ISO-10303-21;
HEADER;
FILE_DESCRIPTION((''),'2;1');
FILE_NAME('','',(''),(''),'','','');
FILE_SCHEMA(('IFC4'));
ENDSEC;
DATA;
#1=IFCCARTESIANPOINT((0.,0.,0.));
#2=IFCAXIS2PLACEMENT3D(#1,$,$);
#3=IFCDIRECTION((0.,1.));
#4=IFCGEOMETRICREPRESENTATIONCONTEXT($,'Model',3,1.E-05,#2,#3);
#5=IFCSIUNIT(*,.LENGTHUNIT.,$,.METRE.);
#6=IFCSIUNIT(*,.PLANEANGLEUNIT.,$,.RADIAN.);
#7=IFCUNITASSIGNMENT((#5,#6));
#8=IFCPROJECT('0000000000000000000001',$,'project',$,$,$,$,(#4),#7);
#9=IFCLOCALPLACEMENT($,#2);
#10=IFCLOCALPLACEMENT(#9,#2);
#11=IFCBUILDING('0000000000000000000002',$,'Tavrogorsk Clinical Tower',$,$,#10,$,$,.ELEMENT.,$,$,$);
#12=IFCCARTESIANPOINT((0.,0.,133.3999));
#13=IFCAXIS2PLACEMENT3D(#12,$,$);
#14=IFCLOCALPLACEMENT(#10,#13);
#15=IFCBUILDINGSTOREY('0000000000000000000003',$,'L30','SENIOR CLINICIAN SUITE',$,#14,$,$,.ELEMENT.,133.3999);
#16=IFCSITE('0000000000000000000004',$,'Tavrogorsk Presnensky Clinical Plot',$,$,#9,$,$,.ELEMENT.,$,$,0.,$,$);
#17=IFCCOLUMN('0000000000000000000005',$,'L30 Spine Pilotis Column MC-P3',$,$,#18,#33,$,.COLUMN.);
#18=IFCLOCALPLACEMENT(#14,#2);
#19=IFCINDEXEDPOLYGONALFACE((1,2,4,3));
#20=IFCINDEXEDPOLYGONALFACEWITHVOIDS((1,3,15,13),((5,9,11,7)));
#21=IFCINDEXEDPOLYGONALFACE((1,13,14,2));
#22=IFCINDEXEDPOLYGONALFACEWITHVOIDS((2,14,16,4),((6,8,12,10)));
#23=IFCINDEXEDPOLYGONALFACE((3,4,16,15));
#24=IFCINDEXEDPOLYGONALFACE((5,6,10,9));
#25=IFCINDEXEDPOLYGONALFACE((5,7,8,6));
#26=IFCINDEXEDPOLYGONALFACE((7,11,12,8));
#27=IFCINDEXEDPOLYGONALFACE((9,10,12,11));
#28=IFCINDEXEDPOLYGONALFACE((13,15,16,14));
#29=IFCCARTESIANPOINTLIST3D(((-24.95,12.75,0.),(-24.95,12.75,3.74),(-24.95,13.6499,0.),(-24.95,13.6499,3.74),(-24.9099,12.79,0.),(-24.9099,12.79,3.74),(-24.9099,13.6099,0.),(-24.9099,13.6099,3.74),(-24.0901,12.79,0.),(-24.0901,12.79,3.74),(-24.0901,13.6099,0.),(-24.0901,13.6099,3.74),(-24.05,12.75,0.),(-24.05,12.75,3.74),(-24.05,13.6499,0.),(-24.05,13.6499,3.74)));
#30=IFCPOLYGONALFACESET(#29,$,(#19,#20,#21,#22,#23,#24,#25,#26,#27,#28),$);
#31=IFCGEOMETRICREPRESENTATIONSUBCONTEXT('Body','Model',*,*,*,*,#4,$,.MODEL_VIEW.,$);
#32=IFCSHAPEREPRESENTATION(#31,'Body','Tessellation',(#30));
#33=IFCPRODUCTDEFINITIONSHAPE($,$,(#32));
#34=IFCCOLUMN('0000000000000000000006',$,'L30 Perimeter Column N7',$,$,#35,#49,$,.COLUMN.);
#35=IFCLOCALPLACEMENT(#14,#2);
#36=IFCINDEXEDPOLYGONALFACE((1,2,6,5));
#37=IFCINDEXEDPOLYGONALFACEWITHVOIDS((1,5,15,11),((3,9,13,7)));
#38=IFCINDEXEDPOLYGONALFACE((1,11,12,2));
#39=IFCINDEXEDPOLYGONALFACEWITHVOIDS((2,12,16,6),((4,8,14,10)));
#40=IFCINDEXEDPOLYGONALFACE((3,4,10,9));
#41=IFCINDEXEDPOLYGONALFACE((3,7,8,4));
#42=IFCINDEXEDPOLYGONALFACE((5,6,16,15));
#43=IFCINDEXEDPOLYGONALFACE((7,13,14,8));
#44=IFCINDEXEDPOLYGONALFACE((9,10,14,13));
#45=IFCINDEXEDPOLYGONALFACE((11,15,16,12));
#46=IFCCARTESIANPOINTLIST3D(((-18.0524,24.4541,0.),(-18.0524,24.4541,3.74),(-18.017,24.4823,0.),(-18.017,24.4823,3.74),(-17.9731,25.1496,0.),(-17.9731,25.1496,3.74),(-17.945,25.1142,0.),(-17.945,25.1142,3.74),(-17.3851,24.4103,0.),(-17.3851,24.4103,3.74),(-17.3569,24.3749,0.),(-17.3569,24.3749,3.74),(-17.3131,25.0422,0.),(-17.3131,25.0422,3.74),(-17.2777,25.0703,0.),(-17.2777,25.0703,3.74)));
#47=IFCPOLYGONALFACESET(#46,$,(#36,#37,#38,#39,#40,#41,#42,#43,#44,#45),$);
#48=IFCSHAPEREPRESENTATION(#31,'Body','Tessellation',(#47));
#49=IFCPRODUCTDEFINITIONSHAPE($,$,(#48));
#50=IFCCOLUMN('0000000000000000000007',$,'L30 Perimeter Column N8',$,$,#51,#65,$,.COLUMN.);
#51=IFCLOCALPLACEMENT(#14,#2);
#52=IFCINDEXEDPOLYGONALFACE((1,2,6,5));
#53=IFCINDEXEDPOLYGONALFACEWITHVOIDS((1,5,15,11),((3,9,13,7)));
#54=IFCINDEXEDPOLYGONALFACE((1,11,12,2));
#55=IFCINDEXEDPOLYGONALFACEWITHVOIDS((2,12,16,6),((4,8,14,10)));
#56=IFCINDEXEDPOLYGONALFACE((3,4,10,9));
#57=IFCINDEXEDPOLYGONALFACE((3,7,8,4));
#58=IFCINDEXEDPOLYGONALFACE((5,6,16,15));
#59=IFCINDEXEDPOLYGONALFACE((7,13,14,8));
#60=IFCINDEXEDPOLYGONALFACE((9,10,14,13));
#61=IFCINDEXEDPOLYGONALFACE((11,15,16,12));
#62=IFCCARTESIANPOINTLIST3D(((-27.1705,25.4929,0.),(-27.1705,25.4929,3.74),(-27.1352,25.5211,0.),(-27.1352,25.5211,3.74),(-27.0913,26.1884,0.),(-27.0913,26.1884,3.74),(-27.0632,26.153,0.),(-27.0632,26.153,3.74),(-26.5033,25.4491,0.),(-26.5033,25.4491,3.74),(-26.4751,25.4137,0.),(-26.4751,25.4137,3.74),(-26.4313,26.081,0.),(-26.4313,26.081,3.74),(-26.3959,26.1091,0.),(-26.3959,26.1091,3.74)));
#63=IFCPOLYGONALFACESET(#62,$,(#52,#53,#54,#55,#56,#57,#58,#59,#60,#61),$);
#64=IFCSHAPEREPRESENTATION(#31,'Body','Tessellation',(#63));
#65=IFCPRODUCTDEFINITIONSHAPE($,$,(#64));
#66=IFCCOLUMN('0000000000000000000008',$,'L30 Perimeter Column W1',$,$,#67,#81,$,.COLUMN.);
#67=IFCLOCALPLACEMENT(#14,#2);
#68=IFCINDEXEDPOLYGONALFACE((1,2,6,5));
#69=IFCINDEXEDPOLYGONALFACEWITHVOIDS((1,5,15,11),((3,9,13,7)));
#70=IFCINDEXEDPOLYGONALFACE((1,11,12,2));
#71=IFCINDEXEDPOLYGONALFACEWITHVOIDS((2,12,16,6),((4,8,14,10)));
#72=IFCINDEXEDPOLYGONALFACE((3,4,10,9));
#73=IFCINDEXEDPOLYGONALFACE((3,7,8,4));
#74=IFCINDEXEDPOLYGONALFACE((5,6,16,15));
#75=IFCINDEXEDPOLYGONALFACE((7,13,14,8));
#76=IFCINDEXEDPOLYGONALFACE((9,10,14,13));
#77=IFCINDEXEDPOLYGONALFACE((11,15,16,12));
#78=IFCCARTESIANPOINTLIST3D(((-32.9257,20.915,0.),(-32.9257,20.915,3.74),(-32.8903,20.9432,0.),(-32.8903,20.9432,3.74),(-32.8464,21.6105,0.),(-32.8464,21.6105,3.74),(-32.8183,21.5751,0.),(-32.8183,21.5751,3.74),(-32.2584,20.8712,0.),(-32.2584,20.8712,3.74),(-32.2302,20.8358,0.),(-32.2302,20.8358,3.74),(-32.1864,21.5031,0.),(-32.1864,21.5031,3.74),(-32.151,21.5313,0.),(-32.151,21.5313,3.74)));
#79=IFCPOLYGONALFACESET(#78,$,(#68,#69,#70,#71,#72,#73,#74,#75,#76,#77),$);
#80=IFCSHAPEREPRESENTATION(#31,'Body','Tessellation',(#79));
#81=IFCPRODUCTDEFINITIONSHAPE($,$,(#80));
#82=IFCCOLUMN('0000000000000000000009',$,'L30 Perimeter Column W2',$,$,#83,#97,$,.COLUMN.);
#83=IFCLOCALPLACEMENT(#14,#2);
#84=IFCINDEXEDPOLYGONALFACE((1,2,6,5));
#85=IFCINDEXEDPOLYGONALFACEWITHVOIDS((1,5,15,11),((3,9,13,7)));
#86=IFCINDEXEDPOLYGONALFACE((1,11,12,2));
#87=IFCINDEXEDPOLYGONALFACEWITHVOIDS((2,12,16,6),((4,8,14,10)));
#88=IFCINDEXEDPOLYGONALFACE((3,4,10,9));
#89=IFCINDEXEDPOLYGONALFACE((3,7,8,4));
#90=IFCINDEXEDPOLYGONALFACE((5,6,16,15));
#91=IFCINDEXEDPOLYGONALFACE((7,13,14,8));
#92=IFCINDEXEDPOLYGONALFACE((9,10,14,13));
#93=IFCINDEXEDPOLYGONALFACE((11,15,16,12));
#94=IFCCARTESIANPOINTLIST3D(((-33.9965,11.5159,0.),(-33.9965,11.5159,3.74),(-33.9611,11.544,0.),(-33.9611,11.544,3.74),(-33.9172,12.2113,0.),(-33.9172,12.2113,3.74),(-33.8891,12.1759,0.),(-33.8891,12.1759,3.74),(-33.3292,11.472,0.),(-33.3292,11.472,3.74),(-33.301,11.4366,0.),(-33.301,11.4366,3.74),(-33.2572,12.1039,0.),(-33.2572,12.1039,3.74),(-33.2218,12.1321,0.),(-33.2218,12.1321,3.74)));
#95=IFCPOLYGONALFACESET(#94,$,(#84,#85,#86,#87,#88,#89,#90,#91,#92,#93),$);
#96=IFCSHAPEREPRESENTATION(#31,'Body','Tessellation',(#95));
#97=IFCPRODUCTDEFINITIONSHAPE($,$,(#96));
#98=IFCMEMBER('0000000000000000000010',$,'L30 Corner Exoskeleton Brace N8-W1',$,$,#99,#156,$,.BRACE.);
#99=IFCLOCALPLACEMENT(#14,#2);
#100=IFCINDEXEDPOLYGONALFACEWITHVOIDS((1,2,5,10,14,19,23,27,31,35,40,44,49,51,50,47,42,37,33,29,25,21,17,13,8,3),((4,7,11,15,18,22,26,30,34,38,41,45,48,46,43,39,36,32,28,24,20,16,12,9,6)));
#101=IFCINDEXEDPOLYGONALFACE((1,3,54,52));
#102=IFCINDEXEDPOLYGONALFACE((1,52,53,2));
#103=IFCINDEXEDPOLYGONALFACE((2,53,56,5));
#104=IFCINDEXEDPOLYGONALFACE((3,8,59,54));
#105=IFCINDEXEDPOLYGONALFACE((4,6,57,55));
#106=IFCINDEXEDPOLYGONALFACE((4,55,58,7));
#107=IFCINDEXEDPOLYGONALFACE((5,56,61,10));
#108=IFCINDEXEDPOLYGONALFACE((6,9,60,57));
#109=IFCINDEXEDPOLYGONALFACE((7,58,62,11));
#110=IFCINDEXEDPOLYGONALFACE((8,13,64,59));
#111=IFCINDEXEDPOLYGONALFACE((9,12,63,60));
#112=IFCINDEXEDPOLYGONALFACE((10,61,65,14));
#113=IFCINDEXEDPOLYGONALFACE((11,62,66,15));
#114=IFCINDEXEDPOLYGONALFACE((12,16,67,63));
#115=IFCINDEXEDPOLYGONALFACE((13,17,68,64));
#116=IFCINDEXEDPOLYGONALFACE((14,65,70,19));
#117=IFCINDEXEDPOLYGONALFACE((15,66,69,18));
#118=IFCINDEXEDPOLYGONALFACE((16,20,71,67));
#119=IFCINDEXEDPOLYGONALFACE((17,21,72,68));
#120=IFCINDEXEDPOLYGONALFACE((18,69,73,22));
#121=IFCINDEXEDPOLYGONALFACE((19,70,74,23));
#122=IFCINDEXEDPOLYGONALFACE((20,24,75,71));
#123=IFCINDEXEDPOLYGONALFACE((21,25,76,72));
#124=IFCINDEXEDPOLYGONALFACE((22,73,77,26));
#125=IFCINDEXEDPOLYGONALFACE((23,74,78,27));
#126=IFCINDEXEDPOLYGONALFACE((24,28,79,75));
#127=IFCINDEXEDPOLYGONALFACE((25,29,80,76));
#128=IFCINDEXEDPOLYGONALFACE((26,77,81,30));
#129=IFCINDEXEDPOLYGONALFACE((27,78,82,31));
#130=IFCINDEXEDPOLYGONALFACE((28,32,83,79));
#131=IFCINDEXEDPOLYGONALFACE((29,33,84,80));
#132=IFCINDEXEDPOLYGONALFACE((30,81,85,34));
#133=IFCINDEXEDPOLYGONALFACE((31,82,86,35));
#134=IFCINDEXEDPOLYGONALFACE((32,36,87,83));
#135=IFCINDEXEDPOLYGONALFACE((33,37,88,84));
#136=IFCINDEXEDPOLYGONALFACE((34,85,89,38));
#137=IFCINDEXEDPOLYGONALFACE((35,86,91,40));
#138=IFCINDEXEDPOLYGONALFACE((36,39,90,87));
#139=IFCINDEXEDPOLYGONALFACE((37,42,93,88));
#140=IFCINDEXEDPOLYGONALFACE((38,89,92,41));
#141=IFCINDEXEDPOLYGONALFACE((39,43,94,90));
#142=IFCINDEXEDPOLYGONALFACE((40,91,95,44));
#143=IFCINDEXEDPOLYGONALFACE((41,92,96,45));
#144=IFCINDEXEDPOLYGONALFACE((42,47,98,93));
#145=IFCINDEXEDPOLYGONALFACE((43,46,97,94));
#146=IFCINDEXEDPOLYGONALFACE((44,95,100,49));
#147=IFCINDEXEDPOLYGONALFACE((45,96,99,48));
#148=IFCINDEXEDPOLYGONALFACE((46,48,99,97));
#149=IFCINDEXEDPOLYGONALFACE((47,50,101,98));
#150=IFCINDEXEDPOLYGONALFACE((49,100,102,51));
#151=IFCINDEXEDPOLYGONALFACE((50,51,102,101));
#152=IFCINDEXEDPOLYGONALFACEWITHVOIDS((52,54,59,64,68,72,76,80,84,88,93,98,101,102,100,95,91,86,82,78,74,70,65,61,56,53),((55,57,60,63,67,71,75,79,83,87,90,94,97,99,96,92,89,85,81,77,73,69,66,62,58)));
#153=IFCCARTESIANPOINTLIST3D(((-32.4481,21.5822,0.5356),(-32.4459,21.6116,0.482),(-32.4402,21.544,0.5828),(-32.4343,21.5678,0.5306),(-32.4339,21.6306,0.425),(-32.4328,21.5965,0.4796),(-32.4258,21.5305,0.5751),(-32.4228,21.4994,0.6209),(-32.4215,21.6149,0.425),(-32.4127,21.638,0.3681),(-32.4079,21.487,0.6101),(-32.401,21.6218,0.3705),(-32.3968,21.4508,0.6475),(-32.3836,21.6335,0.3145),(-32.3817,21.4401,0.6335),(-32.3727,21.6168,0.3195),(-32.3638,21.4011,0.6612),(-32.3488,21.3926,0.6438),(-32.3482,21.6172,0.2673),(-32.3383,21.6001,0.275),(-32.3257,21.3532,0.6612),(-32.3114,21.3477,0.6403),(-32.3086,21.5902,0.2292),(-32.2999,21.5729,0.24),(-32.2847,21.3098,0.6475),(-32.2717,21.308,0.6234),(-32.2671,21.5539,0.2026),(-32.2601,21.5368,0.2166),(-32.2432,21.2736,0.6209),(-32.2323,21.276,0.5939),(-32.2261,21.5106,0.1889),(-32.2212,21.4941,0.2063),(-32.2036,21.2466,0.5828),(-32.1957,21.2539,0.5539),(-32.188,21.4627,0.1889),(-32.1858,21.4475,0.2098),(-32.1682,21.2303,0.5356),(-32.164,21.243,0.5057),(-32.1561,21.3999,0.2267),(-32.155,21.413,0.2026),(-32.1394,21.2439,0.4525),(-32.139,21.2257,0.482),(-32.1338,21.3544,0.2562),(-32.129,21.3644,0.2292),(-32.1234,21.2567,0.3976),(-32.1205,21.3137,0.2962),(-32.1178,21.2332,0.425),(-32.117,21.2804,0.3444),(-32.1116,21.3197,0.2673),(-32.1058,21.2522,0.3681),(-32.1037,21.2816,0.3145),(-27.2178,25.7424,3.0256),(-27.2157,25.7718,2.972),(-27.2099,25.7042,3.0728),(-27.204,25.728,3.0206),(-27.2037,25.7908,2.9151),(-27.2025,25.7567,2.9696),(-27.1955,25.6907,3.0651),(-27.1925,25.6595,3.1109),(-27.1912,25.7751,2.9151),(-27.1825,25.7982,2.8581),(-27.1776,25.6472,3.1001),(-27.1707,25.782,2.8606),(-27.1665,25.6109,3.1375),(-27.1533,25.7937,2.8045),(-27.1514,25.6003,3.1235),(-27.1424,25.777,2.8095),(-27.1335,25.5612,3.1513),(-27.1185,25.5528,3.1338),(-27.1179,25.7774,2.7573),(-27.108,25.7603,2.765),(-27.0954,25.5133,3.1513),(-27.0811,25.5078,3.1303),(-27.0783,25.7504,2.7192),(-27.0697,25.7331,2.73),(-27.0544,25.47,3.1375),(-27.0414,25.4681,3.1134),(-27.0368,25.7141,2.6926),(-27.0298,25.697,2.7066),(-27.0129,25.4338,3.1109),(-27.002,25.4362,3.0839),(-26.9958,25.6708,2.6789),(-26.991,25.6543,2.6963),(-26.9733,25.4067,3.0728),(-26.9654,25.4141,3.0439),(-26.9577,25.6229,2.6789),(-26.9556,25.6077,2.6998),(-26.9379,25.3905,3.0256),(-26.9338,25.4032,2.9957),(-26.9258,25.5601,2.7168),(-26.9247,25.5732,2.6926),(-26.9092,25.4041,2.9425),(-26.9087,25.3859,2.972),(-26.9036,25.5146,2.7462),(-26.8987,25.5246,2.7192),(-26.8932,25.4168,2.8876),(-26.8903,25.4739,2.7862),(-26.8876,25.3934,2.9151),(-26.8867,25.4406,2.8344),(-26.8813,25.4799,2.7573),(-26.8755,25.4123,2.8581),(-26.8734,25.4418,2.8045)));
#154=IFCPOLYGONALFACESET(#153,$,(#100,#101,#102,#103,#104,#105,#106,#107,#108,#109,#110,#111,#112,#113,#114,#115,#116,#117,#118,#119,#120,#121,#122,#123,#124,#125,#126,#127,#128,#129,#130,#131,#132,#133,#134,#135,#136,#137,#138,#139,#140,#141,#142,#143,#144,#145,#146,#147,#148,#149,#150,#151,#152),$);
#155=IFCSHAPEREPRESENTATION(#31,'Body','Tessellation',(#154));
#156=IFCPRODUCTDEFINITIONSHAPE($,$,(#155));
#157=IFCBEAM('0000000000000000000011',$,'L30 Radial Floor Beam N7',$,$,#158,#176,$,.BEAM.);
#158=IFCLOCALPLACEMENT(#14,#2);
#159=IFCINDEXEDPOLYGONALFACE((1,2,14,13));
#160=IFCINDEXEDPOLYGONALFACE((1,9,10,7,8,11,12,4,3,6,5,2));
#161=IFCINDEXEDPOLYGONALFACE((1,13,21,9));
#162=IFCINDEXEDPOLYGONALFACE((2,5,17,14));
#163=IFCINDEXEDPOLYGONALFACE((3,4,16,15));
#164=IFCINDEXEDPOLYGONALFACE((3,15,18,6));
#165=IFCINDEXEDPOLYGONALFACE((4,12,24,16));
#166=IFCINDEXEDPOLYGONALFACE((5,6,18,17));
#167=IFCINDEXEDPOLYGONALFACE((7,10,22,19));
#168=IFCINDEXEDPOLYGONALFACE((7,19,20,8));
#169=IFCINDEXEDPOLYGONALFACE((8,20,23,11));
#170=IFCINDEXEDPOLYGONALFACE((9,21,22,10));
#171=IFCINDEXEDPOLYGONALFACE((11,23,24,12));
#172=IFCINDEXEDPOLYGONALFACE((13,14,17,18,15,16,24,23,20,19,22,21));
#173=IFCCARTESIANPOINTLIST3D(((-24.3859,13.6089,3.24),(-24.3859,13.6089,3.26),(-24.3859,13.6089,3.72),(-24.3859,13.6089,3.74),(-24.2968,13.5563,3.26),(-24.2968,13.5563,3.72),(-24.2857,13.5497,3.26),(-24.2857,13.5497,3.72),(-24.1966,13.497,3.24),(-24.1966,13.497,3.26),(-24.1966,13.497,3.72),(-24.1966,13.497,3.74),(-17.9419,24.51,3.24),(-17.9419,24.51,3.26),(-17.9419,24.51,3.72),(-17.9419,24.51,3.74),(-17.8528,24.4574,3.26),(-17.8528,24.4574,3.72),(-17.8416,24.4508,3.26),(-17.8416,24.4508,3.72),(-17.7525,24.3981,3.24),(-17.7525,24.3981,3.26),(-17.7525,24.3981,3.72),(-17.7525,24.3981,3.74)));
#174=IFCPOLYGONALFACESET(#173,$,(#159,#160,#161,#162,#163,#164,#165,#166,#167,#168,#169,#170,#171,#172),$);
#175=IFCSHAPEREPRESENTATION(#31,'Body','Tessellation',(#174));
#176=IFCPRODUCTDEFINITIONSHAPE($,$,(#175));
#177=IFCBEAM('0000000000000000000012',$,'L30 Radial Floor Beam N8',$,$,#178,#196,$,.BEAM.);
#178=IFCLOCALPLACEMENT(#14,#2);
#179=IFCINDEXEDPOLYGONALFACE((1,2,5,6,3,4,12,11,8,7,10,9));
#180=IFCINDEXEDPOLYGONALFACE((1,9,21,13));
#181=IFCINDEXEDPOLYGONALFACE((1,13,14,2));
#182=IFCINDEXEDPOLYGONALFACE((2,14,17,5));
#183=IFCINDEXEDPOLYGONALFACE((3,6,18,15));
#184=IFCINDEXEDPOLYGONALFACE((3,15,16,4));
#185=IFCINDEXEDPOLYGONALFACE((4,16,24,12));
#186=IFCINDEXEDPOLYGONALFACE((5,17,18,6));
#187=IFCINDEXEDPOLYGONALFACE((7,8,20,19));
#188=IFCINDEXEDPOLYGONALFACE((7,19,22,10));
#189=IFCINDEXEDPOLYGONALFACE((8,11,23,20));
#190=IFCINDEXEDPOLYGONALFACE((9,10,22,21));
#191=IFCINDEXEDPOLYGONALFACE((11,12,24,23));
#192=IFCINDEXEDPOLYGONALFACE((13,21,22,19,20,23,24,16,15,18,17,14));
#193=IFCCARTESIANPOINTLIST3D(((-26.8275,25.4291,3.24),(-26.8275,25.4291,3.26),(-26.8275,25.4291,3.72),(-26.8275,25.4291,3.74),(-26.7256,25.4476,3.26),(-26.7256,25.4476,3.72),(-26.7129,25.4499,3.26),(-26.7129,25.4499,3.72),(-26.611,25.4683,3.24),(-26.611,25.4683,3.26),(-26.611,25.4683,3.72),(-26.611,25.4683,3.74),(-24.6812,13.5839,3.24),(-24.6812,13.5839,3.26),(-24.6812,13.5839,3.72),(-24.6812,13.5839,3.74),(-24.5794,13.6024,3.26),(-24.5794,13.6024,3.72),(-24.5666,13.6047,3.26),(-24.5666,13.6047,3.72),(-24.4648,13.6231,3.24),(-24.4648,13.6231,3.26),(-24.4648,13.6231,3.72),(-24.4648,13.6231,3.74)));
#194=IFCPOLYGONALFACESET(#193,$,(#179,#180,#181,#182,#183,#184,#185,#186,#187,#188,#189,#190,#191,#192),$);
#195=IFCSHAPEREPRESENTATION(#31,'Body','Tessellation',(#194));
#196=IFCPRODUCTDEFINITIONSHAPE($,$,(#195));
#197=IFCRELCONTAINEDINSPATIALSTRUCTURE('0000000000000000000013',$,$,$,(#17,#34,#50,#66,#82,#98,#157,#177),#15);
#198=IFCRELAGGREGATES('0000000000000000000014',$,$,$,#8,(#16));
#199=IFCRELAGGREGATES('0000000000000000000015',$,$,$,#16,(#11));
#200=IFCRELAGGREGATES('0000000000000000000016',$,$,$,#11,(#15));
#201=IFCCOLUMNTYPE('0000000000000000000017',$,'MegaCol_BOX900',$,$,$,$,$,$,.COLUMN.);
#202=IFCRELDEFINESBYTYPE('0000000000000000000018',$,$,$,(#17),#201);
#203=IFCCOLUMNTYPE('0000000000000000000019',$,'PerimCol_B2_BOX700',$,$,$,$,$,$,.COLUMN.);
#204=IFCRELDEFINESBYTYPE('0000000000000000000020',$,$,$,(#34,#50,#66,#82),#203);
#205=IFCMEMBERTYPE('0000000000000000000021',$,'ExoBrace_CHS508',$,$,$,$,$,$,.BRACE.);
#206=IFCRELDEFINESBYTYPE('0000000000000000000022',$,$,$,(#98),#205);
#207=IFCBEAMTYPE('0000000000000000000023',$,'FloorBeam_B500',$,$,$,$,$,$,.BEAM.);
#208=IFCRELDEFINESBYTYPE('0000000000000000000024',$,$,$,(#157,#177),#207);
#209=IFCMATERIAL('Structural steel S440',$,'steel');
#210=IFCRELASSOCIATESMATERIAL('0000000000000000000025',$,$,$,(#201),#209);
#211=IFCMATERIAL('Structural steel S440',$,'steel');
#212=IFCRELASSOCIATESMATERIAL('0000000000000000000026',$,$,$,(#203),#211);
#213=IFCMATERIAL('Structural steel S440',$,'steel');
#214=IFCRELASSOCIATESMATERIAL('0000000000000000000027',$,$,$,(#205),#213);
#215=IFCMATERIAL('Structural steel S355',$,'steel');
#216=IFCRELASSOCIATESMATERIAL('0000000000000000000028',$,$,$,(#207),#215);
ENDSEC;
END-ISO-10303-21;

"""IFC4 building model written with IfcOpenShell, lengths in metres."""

from ifc_helpers import new_model, si_unit, direction, frame, origin, origin_2d, place, context, subcontext, project, spatial, hollow_rectangle, hollow_circle, i_section, extrude, material, material_profile, profile_set, type_object, element, save


model = new_model("IFC4")

# Units and contexts
model_context = context("Model", 3, precision=1e-05, world=origin(), true_north=direction((0.0, 1.0)))
body_context = subcontext(model_context, "Body", "Model", "MODEL_VIEW")
ifc_project = project(units=[si_unit("LENGTHUNIT", "METRE"), si_unit("PLANEANGLEUNIT", "RADIAN")], contexts=[model_context])

# Site, building, storey
site_placement = place(None, origin())
site = spatial("IfcSite", under=ifc_project, at=site_placement, Name="Tavrogorsk Presnensky Clinical Plot", CompositionType="ELEMENT", RefElevation=0.0)
building_placement = place(site_placement, origin())
building = spatial("IfcBuilding", under=site, at=building_placement, Name="Tavrogorsk Clinical Tower", CompositionType="ELEMENT")
storey_placement = place(building_placement, frame((0.0, 0.0, 133.3999)))
storey = spatial("IfcBuildingStorey", under=building, at=storey_placement, Name="L30", Description="SENIOR CLINICIAN SUITE", CompositionType="ELEMENT", Elevation=133.3999)

# Columns
ifc_material_1 = material(Name="Structural steel S440", Category="steel")
ifc_material_profile_1 = material_profile(ifc_material_1, hollow_rectangle(XDim=0.8999, YDim=0.8999, WallThickness=0.04, at=origin_2d()), Name="BOX-900x900x40")
ifc_profile_set_1 = profile_set([ifc_material_profile_1], Name="Structural steel S440")
column_type_1 = type_object("IfcColumnType", Name="MegaCol_BOX900", PredefinedType="COLUMN", material=ifc_profile_set_1)
column_placement = place(storey_placement, frame((-24.5, 13.2, 0.0), z_axis=(0.0, 0.0, 1.0), x_axis=(1.0, 0.0, 0.0)))
element("IfcColumn", 1, at=column_placement, inside=storey, type_object=column_type_1, Name="L30 Spine Pilotis Column MC-P3", PredefinedType="COLUMN", context=body_context, shape_type="SweptSolid", body=[
    extrude(hollow_rectangle(XDim=0.8999, YDim=0.8999, WallThickness=0.04, at=origin_2d()), origin(), (0.0, 0.0, 1.0), 3.74),
])
ifc_material_2 = material(Name="Structural steel S440", Category="steel")
ifc_material_profile_2 = material_profile(ifc_material_2, hollow_rectangle(XDim=0.7, YDim=0.7, WallThickness=0.032, at=origin_2d()), Name="BOX-700x700x32")
ifc_profile_set_2 = profile_set([ifc_material_profile_2], Name="Structural steel S440")
column_type_2 = type_object("IfcColumnType", Name="PerimCol_B2_BOX700", PredefinedType="COLUMN", material=ifc_profile_set_2)
for number, where, z_axis, x_axis, name in (
    (2, (-17.665, 24.7622, 0.0), (0.0, 0.0, 1.0), (0.993572, -0.113203, 0.0), "L30 Perimeter Column N7"),
    (3, (-26.7832, 25.801, 0.0), (0.0, 0.0, 1.0), (0.993572, -0.113203, 0.0), "L30 Perimeter Column N8"),
    (4, (-32.5383, 21.2231, 0.0), (0.0, 0.0, 1.0), (0.993572, -0.113203, 0.0), "L30 Perimeter Column W1"),
    (5, (-33.6091, 11.824, 0.0), (0.0, 0.0, 1.0), (0.993572, -0.113203, 0.0), "L30 Perimeter Column W2"),
):
    element("IfcColumn", number, at=place(storey_placement, frame(where, z_axis=z_axis, x_axis=x_axis)), inside=storey, type_object=column_type_2, Name=name, PredefinedType="COLUMN", context=body_context, shape_type="SweptSolid", body=[
        extrude(hollow_rectangle(XDim=0.7, YDim=0.7, WallThickness=0.032, at=origin_2d()), origin(), (0.0, 0.0, 1.0), 3.74),
    ])

# Member
ifc_material_3 = material(Name="Structural steel S440", Category="steel")
ifc_material_profile_3 = material_profile(ifc_material_3, hollow_circle(Radius=0.2539, WallThickness=0.02, at=origin_2d()), Name="CHS-508x20")
ifc_profile_set_3 = profile_set([ifc_material_profile_3], Name="Structural steel S440")
member_type_1 = type_object("IfcMemberType", Name="ExoBrace_CHS508", PredefinedType="BRACE", material=ifc_profile_set_3)
member_1_placement = place(storey_placement, frame((-32.2759, 21.4319, 0.425), z_axis=(0.733369, 0.583327, 0.34914), x_axis=(-0.622501, 0.782619, 0.0)))
element("IfcMember", 6, at=member_1_placement, inside=storey, type_object=member_type_1, Name="L30 Corner Exoskeleton Brace N8-W1", PredefinedType="BRACE", context=body_context, shape_type="SweptSolid", body=[
    extrude(hollow_circle(Radius=0.2539, WallThickness=0.02, at=origin_2d()), origin(), (0.0, 0.0, 1.0), 7.1318),
])

# Beams
ifc_material_4 = material(Name="Structural steel S355", Category="steel")
ifc_material_profile_4 = material_profile(ifc_material_4, i_section(OverallWidth=0.22, OverallDepth=0.5, WebThickness=0.0129, FlangeThickness=0.02, at=origin_2d()), Name="B-500x220x13x20")
ifc_profile_set_4 = profile_set([ifc_material_profile_4], Name="Structural steel S355")
beam_type_1 = type_object("IfcBeamType", Name="FloorBeam_B500", PredefinedType="BEAM", material=ifc_profile_set_4)
beam_1_placement = place(storey_placement, frame((-24.2913, 13.553, 3.49), z_axis=(0.508877, 0.860839, 0.0), x_axis=(-0.860839, 0.508877, 0.0)))
element("IfcBeam", 7, at=beam_1_placement, inside=storey, type_object=beam_type_1, Name="L30 Radial Floor Beam N7", PredefinedType="BEAM", context=body_context, shape_type="SweptSolid", body=[
    extrude(i_section(OverallWidth=0.22, OverallDepth=0.5, WebThickness=0.0129, FlangeThickness=0.02, at=origin_2d()), origin(), (0.0, 0.0, 1.0), 12.6633),
])
beam_2_placement = place(storey_placement, frame((-24.573, 13.6035, 3.49), z_axis=(-0.178288, 0.983978, 0.0), x_axis=(-0.983978, -0.178288, 0.0)))
element("IfcBeam", 8, at=beam_2_placement, inside=storey, type_object=beam_type_1, Name="L30 Radial Floor Beam N8", PredefinedType="BEAM", context=body_context, shape_type="SweptSolid", body=[
    extrude(i_section(OverallWidth=0.22, OverallDepth=0.5, WebThickness=0.0129, FlangeThickness=0.02, at=origin_2d()), origin(), (0.0, 0.0, 1.0), 12.0381),
])

save(model, "model.ifc")
